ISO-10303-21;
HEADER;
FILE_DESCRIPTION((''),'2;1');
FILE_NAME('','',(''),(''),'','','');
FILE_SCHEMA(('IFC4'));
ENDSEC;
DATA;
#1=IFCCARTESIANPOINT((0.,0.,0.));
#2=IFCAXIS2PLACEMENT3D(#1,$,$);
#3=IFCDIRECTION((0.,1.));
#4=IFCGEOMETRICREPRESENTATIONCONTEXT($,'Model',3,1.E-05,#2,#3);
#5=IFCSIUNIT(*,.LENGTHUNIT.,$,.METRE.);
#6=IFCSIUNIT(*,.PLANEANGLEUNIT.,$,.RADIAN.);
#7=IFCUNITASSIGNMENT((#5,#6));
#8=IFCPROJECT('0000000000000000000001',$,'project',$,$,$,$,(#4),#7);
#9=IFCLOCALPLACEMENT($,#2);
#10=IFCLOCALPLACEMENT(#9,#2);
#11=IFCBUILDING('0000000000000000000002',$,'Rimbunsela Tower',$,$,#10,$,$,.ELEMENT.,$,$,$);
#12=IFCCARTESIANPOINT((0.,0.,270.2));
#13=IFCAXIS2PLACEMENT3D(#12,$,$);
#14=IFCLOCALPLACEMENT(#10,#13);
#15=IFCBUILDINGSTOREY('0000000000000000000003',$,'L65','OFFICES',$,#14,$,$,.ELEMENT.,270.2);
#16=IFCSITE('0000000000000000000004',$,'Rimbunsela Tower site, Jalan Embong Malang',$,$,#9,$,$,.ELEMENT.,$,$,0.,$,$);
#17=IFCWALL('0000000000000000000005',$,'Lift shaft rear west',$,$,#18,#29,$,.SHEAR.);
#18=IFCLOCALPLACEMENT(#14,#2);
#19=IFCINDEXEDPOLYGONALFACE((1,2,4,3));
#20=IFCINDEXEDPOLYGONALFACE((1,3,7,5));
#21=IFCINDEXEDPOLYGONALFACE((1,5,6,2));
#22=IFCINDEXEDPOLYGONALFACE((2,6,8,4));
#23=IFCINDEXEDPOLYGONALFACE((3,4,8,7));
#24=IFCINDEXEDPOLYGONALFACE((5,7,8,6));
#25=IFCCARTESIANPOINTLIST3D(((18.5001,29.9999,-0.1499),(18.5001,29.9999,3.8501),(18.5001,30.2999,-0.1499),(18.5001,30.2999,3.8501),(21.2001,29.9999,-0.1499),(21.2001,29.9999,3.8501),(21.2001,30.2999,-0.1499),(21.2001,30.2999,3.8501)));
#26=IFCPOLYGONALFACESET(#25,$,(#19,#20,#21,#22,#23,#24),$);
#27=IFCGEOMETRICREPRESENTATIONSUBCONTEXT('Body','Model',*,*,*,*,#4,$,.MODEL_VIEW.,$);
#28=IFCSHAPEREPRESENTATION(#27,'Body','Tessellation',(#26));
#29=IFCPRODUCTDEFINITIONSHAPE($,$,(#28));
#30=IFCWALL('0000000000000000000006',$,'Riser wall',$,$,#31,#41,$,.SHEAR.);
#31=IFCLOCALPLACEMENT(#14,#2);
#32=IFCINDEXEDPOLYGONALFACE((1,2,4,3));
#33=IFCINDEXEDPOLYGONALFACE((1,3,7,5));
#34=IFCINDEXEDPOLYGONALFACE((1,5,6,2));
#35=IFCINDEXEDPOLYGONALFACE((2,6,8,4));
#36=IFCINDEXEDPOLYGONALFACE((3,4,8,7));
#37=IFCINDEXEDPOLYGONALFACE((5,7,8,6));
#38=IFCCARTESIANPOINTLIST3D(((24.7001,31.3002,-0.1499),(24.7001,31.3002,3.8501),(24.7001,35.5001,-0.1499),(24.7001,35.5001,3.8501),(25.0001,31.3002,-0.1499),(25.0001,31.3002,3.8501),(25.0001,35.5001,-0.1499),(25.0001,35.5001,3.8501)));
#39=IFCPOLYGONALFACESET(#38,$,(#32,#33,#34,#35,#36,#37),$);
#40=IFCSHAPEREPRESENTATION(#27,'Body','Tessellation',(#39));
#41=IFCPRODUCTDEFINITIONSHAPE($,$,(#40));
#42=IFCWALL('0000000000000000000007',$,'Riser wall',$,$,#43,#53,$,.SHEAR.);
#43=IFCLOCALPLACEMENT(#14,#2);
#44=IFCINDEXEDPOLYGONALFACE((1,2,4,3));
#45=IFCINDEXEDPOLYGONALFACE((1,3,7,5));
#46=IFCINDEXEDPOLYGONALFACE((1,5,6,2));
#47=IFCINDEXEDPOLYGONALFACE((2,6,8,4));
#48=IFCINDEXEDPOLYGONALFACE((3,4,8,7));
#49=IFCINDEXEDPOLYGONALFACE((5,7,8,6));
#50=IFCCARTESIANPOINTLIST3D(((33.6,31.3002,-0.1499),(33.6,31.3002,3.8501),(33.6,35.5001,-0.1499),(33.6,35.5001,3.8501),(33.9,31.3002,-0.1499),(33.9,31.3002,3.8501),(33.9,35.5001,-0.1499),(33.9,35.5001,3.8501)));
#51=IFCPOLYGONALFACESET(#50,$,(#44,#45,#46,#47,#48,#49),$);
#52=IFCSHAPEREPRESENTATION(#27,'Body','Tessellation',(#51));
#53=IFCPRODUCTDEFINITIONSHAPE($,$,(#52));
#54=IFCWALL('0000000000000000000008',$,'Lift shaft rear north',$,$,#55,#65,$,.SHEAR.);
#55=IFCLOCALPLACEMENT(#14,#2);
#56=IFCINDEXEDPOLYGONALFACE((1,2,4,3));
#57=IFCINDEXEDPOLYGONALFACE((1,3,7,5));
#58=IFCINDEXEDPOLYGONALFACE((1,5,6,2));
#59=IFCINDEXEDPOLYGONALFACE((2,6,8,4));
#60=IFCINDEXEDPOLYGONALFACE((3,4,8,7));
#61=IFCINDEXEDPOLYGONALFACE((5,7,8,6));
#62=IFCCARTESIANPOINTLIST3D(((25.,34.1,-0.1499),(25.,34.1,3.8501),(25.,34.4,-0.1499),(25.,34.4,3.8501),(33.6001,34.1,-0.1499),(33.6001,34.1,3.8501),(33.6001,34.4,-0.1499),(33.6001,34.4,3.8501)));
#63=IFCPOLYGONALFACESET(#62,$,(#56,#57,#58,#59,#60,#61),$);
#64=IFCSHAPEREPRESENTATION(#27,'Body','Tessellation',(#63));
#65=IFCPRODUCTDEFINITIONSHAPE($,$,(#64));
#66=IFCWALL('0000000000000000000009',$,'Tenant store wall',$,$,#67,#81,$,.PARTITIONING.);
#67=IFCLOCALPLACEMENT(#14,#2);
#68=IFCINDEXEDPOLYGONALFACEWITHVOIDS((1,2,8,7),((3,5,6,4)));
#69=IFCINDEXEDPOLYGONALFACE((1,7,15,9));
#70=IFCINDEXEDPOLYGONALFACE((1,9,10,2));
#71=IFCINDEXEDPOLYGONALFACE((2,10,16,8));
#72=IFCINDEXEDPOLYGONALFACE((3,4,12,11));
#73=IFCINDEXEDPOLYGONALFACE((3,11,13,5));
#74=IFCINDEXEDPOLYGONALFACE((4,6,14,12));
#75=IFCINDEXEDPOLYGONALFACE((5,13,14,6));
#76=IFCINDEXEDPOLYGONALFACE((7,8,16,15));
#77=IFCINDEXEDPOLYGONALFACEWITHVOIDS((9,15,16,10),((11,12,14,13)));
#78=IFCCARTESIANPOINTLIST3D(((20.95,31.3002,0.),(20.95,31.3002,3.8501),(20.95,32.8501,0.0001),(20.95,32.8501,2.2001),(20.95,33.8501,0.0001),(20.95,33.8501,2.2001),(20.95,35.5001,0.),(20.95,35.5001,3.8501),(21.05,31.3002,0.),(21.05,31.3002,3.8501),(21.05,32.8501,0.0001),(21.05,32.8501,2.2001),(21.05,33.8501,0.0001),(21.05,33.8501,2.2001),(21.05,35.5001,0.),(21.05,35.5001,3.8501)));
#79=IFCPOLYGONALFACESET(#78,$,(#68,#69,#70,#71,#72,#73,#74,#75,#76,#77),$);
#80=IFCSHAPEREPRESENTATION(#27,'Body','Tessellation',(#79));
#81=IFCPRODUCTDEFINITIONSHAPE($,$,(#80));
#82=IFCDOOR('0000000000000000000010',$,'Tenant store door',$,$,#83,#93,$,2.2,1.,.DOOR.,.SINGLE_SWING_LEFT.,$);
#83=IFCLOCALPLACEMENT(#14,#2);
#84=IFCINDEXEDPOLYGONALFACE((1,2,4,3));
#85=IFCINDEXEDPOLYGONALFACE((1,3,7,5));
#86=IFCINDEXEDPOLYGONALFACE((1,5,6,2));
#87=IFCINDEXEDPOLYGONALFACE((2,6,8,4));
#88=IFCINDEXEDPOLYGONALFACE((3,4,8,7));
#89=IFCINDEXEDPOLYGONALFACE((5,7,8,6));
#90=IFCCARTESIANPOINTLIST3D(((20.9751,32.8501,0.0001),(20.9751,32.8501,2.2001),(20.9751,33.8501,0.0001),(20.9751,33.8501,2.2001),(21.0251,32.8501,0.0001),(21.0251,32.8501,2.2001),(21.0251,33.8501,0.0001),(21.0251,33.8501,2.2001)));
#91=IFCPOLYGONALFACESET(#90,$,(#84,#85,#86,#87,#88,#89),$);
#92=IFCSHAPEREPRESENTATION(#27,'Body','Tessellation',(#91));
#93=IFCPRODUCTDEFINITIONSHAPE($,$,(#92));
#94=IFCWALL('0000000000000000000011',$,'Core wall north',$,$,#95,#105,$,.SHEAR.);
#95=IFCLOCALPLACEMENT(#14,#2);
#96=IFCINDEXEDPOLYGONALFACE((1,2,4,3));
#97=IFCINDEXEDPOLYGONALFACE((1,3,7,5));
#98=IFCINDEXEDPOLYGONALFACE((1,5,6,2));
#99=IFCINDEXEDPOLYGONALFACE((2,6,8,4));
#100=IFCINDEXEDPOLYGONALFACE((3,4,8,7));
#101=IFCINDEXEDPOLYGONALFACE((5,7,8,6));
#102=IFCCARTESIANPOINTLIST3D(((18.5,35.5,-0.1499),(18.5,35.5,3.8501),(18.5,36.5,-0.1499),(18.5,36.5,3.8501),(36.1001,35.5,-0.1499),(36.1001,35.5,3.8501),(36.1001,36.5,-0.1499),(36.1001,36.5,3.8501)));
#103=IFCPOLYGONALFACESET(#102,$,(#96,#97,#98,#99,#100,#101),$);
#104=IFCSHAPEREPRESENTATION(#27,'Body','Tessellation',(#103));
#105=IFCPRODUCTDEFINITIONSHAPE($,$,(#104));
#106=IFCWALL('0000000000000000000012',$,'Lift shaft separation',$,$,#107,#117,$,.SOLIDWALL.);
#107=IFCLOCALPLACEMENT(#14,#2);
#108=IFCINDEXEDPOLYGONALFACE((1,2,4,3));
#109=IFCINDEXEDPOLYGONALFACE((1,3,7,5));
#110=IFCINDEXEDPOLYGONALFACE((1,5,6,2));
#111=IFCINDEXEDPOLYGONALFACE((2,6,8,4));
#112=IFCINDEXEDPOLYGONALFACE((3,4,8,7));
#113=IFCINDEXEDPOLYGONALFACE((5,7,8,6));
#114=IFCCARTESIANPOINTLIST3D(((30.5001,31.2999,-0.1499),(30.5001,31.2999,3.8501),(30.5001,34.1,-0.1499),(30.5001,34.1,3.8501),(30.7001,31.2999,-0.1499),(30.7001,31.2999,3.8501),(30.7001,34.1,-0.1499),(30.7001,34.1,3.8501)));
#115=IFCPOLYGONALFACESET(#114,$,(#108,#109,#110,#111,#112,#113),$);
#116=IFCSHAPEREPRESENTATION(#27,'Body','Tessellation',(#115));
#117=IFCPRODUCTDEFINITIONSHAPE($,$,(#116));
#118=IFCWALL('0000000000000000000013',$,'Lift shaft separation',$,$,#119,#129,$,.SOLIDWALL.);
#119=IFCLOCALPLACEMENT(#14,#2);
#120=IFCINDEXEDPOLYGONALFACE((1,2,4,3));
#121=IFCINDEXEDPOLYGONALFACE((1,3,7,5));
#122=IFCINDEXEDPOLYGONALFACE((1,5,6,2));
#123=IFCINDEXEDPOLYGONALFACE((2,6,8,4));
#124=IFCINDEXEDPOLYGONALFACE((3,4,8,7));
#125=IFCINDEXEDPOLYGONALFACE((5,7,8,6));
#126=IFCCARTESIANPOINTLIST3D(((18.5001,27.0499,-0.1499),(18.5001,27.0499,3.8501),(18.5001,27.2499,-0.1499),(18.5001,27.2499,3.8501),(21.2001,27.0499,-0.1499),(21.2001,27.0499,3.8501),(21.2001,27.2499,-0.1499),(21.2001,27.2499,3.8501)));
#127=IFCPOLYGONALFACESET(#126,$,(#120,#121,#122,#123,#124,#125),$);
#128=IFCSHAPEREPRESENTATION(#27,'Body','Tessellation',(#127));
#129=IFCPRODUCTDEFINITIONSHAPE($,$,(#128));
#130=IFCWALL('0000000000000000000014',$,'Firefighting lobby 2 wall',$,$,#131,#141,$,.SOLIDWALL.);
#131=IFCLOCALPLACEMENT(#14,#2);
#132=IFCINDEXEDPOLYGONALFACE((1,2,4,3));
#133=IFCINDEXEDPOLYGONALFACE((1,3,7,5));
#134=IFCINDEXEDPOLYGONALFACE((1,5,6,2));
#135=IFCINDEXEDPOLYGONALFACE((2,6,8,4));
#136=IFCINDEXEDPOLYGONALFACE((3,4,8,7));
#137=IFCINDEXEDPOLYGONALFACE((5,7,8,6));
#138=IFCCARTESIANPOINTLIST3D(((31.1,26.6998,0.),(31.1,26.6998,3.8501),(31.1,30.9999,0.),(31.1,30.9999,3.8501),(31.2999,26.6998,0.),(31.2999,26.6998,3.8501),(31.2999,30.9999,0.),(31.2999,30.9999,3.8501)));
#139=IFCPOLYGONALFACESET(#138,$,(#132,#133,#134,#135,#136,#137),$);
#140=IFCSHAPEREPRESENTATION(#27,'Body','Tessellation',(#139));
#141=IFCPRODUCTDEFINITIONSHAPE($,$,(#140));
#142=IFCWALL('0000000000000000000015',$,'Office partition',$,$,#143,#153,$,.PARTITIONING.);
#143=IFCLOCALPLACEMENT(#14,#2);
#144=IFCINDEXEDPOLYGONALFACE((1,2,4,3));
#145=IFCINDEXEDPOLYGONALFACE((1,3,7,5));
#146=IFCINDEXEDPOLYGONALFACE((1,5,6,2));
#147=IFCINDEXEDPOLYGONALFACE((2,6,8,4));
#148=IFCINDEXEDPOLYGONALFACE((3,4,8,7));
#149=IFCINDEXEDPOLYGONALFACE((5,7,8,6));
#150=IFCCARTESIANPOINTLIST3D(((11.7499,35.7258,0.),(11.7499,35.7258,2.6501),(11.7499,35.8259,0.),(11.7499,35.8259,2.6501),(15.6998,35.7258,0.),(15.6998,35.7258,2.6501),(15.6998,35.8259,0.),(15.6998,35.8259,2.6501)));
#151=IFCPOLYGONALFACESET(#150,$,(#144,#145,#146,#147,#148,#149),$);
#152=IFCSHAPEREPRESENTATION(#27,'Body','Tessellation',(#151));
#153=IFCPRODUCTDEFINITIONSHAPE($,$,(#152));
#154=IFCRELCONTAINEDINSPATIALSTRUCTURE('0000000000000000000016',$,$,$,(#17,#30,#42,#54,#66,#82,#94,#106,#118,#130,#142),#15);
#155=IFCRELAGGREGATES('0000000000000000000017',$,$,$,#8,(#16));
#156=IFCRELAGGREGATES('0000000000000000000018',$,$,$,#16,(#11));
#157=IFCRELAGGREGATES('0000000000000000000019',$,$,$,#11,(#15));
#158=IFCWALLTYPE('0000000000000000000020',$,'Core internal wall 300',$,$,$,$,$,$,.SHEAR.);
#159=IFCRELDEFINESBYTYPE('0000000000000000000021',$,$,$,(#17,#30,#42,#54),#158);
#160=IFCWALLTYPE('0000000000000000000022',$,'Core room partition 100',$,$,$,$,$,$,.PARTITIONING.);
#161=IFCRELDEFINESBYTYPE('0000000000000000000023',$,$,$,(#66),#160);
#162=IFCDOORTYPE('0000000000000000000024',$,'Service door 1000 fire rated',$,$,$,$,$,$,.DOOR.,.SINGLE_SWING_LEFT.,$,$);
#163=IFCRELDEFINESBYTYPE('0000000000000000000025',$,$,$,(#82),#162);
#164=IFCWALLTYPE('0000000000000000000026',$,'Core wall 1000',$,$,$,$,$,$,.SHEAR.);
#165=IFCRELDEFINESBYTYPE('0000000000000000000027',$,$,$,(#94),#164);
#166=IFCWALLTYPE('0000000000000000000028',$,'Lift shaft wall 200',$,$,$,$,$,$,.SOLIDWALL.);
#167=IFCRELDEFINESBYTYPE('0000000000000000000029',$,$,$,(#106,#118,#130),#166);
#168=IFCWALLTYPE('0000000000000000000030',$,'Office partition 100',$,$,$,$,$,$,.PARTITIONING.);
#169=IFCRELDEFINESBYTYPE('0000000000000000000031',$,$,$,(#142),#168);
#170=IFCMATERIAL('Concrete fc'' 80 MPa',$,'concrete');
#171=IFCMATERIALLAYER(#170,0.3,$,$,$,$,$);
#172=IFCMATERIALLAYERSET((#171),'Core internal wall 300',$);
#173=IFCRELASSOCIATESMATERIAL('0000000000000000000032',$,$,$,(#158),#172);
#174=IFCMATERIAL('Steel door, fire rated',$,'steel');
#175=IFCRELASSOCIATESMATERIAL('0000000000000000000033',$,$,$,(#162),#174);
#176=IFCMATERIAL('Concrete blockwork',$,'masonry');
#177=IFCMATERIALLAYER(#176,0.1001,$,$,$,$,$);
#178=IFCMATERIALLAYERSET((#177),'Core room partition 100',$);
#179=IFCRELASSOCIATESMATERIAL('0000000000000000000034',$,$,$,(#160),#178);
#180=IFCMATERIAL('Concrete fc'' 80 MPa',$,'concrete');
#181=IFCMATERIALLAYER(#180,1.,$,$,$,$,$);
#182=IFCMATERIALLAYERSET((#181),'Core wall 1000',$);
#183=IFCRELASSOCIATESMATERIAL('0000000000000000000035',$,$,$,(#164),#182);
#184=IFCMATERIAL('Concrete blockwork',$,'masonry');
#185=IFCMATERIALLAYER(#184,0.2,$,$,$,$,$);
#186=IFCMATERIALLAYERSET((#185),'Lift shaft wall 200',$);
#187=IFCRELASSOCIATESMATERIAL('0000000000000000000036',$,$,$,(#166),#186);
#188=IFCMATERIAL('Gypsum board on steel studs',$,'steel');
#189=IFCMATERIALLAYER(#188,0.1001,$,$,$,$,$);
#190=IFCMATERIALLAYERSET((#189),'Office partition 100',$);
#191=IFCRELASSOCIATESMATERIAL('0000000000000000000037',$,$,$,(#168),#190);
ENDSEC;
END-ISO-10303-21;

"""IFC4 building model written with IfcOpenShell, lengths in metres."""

from ifc_helpers import new_model, si_unit, direction, frame, frame_2d, origin, place, context, subcontext, project, spatial, rectangle, extrude, material, layer, layer_set, type_object, element, fill, save


model = new_model("IFC4")

# Units and contexts
model_context = context("Model", 3, precision=1e-05, world=origin(), true_north=direction((0.0, 1.0)))
body_context = subcontext(model_context, "Body", "Model", "MODEL_VIEW")
ifc_project = project(units=[si_unit("LENGTHUNIT", "METRE"), si_unit("PLANEANGLEUNIT", "RADIAN")], contexts=[model_context])

# Site, building, storey
site_placement = place(None, origin())
site = spatial("IfcSite", under=ifc_project, at=site_placement, Name="Rimbunsela Tower site, Jalan Embong Malang", CompositionType="ELEMENT", RefElevation=0.0)
building_placement = place(site_placement, origin())
building = spatial("IfcBuilding", under=site, at=building_placement, Name="Rimbunsela Tower", CompositionType="ELEMENT")
storey_placement = place(building_placement, frame((0.0, 0.0, 270.2)))
storey = spatial("IfcBuildingStorey", under=building, at=storey_placement, Name="L65", Description="OFFICES", CompositionType="ELEMENT", Elevation=270.2)

# Shared definitions
ifc_material_1 = material(Name="Concrete fc' 80 MPa", Category="concrete")
ifc_layer_1 = layer(ifc_material_1, 0.3)
ifc_layer_set_1 = layer_set([ifc_layer_1], Name="Core internal wall 300")
wall_type_1 = type_object("IfcWallType", Name="Core internal wall 300", PredefinedType="SHEAR", material=ifc_layer_set_1)
ifc_material_2 = material(Name="Steel door, fire rated", Category="steel")
door_type_1 = type_object("IfcDoorType", Name="Service door 1000 fire rated", OperationType="SINGLE_SWING_LEFT", PredefinedType="DOOR", material=ifc_material_2)

# Walls
wall_1_placement = place(storey_placement, frame((18.5, 30.1499, -0.1499), z_axis=(0.0, 0.0, 1.0), x_axis=(1.0, 0.0, 0.0)))
element("IfcWall", 1, at=wall_1_placement, inside=storey, type_object=wall_type_1, Name="Lift shaft rear west", PredefinedType="SHEAR", context=body_context, shape_type="SweptSolid", body=[
    extrude(rectangle(XDim=2.7, YDim=0.3, at=frame_2d((1.3501, 0.0))), origin(), (0.0, 0.0, 1.0), 4.0),
])
for number, where, z_axis, x_axis, name in (
    (2, (24.8501, 31.3, -0.1499), (0.0, 0.0, 1.0), (0.0, 1.0, 0.0), "Riser wall"),
    (3, (33.75, 31.3, -0.1499), (0.0, 0.0, 1.0), (0.0, 1.0, 0.0), "Riser wall"),
):
    element("IfcWall", number, at=place(storey_placement, frame(where, z_axis=z_axis, x_axis=x_axis)), inside=storey, type_object=wall_type_1, Name=name, PredefinedType="SHEAR", context=body_context, shape_type="SweptSolid", body=[
        extrude(rectangle(XDim=4.2, YDim=0.3, at=frame_2d((2.1001, 0.0))), origin(), (0.0, 0.0, 1.0), 4.0),
    ])
wall_2_placement = place(storey_placement, frame((25.0, 34.25, -0.1499), z_axis=(0.0, 0.0, 1.0), x_axis=(1.0, 0.0, 0.0)))
element("IfcWall", 4, at=wall_2_placement, inside=storey, type_object=wall_type_1, Name="Lift shaft rear north", PredefinedType="SHEAR", context=body_context, shape_type="SweptSolid", body=[
    extrude(rectangle(XDim=8.6001, YDim=0.3, at=frame_2d((4.3, 0.0))), origin(), (0.0, 0.0, 1.0), 4.0),
])

# Wall, opening, door
ifc_material_3 = material(Name="Concrete blockwork", Category="masonry")
ifc_layer_2 = layer(ifc_material_3, 0.1001)
ifc_layer_set_2 = layer_set([ifc_layer_2], Name="Core room partition 100")
wall_type_2 = type_object("IfcWallType", Name="Core room partition 100", PredefinedType="PARTITIONING", material=ifc_layer_set_2)
wall_3_placement = place(storey_placement, frame((21.0, 31.3, 0.0), z_axis=(0.0, 0.0, 1.0), x_axis=(0.0, 1.0, 0.0)))
wall_3 = element("IfcWall", 5, at=wall_3_placement, inside=storey, type_object=wall_type_2, Name="Tenant store wall", PredefinedType="PARTITIONING", context=body_context, shape_type="SweptSolid", body=[
    extrude(rectangle(XDim=4.2, YDim=0.1001, at=frame_2d((2.1001, 0.0))), origin(), (0.0, 0.0, 1.0), 3.8501),
])
opening_1_placement = place(wall_3_placement, frame((1.55, 0.0, 0.0)))
opening_1 = element("IfcOpeningElement", 6, at=opening_1_placement, cuts=wall_3, PredefinedType="OPENING", context=body_context, shape_type="SweptSolid", body=[
    extrude(rectangle(XDim=1.0, YDim=2.2, at=frame_2d((0.5, 1.1001))), frame((0.0, 0.0601, 0.0), z_axis=(0.0, -1.0, 0.0), x_axis=(1.0, 0.0, 0.0)), (0.0, 0.0, 1.0), 0.1201),
])
door_1_placement = place(opening_1_placement, origin())
door_1 = element("IfcDoor", 7, at=door_1_placement, inside=storey, type_object=door_type_1, Name="Tenant store door", OperationType="SINGLE_SWING_LEFT", OverallHeight=2.2, OverallWidth=1.0, PredefinedType="DOOR", context=body_context, shape_type="SweptSolid", body=[
    extrude(rectangle(XDim=1.0, YDim=2.2, at=frame_2d((0.5, 1.1001))), frame((0.0, 0.0249, 0.0), z_axis=(0.0, -1.0, 0.0), x_axis=(1.0, 0.0, 0.0)), (0.0, 0.0, 1.0), 0.05),
])
fill(opening_1, door_1)

# Walls
ifc_material_4 = material(Name="Concrete fc' 80 MPa", Category="concrete")
ifc_layer_3 = layer(ifc_material_4, 1.0)
ifc_layer_set_3 = layer_set([ifc_layer_3], Name="Core wall 1000")
wall_type_3 = type_object("IfcWallType", Name="Core wall 1000", PredefinedType="SHEAR", material=ifc_layer_set_3)
wall_4_placement = place(storey_placement, frame((18.5, 36.0, -0.1499), z_axis=(0.0, 0.0, 1.0), x_axis=(1.0, 0.0, 0.0)))
element("IfcWall", 8, at=wall_4_placement, inside=storey, type_object=wall_type_3, Name="Core wall north", PredefinedType="SHEAR", context=body_context, shape_type="SweptSolid", body=[
    extrude(rectangle(XDim=17.6001, YDim=1.0, at=frame_2d((8.8, 0.0))), origin(), (0.0, 0.0, 1.0), 4.0),
])
ifc_material_5 = material(Name="Concrete blockwork", Category="masonry")
ifc_layer_4 = layer(ifc_material_5, 0.2)
ifc_layer_set_4 = layer_set([ifc_layer_4], Name="Lift shaft wall 200")
wall_type_4 = type_object("IfcWallType", Name="Lift shaft wall 200", PredefinedType="SOLIDWALL", material=ifc_layer_set_4)
wall_5_placement = place(storey_placement, frame((30.6001, 31.3, -0.1499), z_axis=(0.0, 0.0, 1.0), x_axis=(0.0, 1.0, 0.0)))
element("IfcWall", 9, at=wall_5_placement, inside=storey, type_object=wall_type_4, Name="Lift shaft separation", PredefinedType="SOLIDWALL", context=body_context, shape_type="SweptSolid", body=[
    extrude(rectangle(XDim=2.8, YDim=0.2, at=frame_2d((1.3999, 0.0))), origin(), (0.0, 0.0, 1.0), 4.0),
])
wall_6_placement = place(storey_placement, frame((18.5, 27.1499, -0.1499), z_axis=(0.0, 0.0, 1.0), x_axis=(1.0, 0.0, 0.0)))
element("IfcWall", 10, at=wall_6_placement, inside=storey, type_object=wall_type_4, Name="Lift shaft separation", PredefinedType="SOLIDWALL", context=body_context, shape_type="SweptSolid", body=[
    extrude(rectangle(XDim=2.7, YDim=0.2, at=frame_2d((1.3501, 0.0))), origin(), (0.0, 0.0, 1.0), 4.0),
])
wall_7_placement = place(storey_placement, frame((31.2, 26.7, 0.0), z_axis=(0.0, 0.0, 1.0), x_axis=(0.0, 1.0, 0.0)))
element("IfcWall", 11, at=wall_7_placement, inside=storey, type_object=wall_type_4, Name="Firefighting lobby 2 wall", PredefinedType="SOLIDWALL", context=body_context, shape_type="SweptSolid", body=[
    extrude(rectangle(XDim=4.3, YDim=0.2, at=frame_2d((2.1499, 0.0))), origin(), (0.0, 0.0, 1.0), 3.8501),
])
ifc_material_6 = material(Name="Gypsum board on steel studs", Category="steel")
ifc_layer_5 = layer(ifc_material_6, 0.1001)
ifc_layer_set_5 = layer_set([ifc_layer_5], Name="Office partition 100")
wall_type_5 = type_object("IfcWallType", Name="Office partition 100", PredefinedType="PARTITIONING", material=ifc_layer_set_5)
wall_8_placement = place(storey_placement, frame((15.7, 35.7759, 0.0), z_axis=(0.0, 0.0, 1.0), x_axis=(-1.0, 0.0, 0.0)))
element("IfcWall", 12, at=wall_8_placement, inside=storey, type_object=wall_type_5, Name="Office partition", PredefinedType="PARTITIONING", context=body_context, shape_type="SweptSolid", body=[
    extrude(rectangle(XDim=3.95, YDim=0.1001, at=frame_2d((1.9751, 0.0))), origin(), (0.0, 0.0, 1.0), 2.6501),
])

save(model, "model.ifc")
